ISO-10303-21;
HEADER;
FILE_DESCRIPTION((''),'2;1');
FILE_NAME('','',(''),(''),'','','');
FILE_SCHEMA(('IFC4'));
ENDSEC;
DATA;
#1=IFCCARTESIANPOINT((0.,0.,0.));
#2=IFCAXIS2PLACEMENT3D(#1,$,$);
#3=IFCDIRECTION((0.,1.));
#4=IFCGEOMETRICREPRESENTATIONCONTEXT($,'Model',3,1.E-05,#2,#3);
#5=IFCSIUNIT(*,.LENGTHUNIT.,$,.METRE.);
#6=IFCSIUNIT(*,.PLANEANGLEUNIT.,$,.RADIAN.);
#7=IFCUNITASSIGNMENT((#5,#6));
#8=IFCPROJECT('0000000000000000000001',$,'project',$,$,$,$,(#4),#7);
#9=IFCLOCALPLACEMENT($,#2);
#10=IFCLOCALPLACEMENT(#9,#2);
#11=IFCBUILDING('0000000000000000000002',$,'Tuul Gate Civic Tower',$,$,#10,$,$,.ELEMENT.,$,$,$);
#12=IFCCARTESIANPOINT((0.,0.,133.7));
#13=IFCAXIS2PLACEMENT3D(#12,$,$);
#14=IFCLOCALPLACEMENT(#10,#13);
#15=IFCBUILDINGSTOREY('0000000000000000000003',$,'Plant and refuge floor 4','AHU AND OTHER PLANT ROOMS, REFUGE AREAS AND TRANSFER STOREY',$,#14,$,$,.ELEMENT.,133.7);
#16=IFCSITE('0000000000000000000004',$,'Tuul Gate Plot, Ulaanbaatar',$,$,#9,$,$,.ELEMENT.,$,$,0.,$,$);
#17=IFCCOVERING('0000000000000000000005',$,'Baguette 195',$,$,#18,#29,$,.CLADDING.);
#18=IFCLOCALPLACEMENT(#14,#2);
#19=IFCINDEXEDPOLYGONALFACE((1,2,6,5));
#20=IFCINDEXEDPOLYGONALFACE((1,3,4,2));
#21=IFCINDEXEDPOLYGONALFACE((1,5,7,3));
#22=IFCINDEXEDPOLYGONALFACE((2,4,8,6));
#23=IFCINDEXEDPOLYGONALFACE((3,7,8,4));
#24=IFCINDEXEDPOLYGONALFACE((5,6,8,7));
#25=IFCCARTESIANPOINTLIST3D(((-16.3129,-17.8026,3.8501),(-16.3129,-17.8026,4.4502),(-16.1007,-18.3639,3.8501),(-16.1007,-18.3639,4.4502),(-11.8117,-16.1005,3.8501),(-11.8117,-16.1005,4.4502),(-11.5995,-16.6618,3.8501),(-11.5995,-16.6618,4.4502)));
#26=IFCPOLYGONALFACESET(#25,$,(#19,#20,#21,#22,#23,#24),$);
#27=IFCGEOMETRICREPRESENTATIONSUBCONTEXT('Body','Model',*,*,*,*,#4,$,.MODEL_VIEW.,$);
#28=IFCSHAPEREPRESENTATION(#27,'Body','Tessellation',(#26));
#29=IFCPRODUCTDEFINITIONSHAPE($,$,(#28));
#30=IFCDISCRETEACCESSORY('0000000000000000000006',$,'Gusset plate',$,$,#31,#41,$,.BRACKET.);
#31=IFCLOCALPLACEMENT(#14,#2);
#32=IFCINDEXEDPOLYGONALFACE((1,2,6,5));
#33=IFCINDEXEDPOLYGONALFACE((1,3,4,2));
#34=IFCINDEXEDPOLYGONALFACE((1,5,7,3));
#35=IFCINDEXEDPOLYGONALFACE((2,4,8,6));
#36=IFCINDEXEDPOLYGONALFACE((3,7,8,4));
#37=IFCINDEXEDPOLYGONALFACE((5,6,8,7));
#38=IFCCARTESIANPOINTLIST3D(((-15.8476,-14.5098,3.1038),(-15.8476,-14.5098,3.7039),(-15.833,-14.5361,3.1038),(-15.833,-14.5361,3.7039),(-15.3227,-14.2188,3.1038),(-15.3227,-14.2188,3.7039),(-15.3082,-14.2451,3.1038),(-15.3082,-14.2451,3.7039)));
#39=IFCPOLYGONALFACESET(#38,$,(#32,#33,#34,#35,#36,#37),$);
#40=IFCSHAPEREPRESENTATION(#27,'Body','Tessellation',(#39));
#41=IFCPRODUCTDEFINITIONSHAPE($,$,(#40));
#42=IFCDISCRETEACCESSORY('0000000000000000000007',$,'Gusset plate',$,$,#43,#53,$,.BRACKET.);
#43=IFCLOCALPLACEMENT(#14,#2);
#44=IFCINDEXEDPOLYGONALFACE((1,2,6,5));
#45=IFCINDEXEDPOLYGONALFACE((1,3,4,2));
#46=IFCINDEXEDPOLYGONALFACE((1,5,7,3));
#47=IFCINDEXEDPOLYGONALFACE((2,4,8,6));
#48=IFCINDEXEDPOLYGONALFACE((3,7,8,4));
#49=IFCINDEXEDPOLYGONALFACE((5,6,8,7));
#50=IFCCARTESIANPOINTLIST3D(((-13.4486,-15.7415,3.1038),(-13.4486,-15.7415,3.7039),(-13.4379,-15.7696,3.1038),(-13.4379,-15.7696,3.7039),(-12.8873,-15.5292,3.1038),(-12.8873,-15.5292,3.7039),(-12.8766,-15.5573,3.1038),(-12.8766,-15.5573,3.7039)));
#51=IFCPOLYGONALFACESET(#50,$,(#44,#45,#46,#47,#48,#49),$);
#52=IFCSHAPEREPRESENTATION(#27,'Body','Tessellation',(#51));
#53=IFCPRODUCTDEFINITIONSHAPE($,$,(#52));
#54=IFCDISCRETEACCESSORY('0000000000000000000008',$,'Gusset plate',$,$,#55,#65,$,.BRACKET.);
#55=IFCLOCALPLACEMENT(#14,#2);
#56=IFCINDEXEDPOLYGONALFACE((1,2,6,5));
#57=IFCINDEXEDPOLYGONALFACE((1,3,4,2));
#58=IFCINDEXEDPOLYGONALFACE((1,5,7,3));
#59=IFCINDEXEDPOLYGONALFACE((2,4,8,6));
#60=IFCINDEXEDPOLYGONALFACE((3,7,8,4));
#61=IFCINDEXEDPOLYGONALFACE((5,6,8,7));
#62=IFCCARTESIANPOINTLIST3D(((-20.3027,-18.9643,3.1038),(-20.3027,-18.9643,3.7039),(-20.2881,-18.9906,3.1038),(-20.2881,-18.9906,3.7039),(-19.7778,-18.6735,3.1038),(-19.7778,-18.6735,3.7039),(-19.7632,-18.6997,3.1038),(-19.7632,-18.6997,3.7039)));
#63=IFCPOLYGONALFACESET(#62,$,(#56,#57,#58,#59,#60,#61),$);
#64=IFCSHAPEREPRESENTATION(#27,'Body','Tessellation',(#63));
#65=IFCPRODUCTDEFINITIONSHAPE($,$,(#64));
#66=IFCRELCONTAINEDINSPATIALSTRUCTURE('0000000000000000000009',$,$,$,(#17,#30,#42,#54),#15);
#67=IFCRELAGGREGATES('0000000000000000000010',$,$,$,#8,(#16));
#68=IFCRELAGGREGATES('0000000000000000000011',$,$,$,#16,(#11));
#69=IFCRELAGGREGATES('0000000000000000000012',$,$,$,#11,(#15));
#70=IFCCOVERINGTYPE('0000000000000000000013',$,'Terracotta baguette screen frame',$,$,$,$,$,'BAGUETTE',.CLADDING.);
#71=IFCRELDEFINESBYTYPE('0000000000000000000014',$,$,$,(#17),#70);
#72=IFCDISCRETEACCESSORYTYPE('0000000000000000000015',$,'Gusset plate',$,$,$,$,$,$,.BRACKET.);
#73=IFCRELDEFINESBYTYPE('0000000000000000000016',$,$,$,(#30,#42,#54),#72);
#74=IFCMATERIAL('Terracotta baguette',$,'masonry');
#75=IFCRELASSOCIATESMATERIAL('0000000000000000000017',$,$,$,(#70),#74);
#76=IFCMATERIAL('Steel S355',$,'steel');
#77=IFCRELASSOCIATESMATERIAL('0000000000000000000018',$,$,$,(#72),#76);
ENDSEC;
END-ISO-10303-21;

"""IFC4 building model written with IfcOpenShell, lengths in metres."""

from ifc_helpers import new_model, si_unit, direction, frame, origin, origin_2d, place, context, subcontext, project, spatial, rectangle, extrude, material, material_profile, profile_set, type_object, element, save


model = new_model("IFC4")

# Units and contexts
model_context = context("Model", 3, precision=1e-05, world=origin(), true_north=direction((0.0, 1.0)))
body_context = subcontext(model_context, "Body", "Model", "MODEL_VIEW")
ifc_project = project(units=[si_unit("LENGTHUNIT", "METRE"), si_unit("PLANEANGLEUNIT", "RADIAN")], contexts=[model_context])

# Site, building, storey
site_placement = place(None, origin())
site = spatial("IfcSite", under=ifc_project, at=site_placement, Name="Tuul Gate Plot, Ulaanbaatar", CompositionType="ELEMENT", RefElevation=0.0)
building_placement = place(site_placement, origin())
building = spatial("IfcBuilding", under=site, at=building_placement, Name="Tuul Gate Civic Tower", CompositionType="ELEMENT")
storey_placement = place(building_placement, frame((0.0, 0.0, 133.7)))
storey = spatial("IfcBuildingStorey", under=building, at=storey_placement, Name="Plant and refuge floor 4", Description="AHU AND OTHER PLANT ROOMS, REFUGE AREAS AND TRANSFER STOREY", CompositionType="ELEMENT", Elevation=133.7)

# Covering
ifc_material_1 = material(Name="Terracotta baguette", Category="masonry")
ifc_material_profile_1 = material_profile(ifc_material_1, rectangle(XDim=0.6001, YDim=0.6001, at=origin_2d()), Name="Terracotta baguette screen frame")
ifc_profile_set_1 = profile_set([ifc_material_profile_1], Name="Terracotta baguette")
covering_type = type_object("IfcCoveringType", Name="Terracotta baguette screen frame", ElementType="BAGUETTE", PredefinedType="CLADDING", material=ifc_profile_set_1)
covering_placement = place(storey_placement, frame((-16.2068, -18.0833, 4.1501), z_axis=(0.935356, 0.353707, 0.0), x_axis=(-0.353707, 0.935356, 0.0)))
element("IfcCovering", 1, at=covering_placement, inside=storey, type_object=covering_type, Name="Baguette 195", PredefinedType="CLADDING", context=body_context, shape_type="SweptSolid", body=[
    extrude(rectangle(XDim=0.6001, YDim=0.6001, at=origin_2d()), origin(), (0.0, 0.0, 1.0), 4.8123),
])

# Discrete accessories
ifc_material_2 = material(Name="Steel S355", Category="steel")
discrete_accessory_type = type_object("IfcDiscreteAccessoryType", Name="Gusset plate", PredefinedType="BRACKET", material=ifc_material_2)
for number, where, z_axis, x_axis, name in (
    (2, (-15.5779, -14.3774, 3.1038), (0.0, 0.0, 1.0), (-0.874598, -0.484849, 0.0), "Gusset plate"),
    (3, (-13.1626, -15.6494, 3.1038), (0.0, 0.0, 1.0), (-0.935368, -0.353677, 0.0), "Gusset plate"),
    (4, (-20.033, -18.832, 3.1038), (0.0, 0.0, 1.0), (-0.874654, -0.484748, 0.0), "Gusset plate"),
):
    element("IfcDiscreteAccessory", number, at=place(storey_placement, frame(where, z_axis=z_axis, x_axis=x_axis)), inside=storey, type_object=discrete_accessory_type, Name=name, PredefinedType="BRACKET", context=body_context, shape_type="SweptSolid", body=[
        extrude(rectangle(XDim=0.6001, YDim=0.03, at=origin_2d()), origin(), (0.0, 0.0, 1.0), 0.6001),
    ])

save(model, "model.ifc")
